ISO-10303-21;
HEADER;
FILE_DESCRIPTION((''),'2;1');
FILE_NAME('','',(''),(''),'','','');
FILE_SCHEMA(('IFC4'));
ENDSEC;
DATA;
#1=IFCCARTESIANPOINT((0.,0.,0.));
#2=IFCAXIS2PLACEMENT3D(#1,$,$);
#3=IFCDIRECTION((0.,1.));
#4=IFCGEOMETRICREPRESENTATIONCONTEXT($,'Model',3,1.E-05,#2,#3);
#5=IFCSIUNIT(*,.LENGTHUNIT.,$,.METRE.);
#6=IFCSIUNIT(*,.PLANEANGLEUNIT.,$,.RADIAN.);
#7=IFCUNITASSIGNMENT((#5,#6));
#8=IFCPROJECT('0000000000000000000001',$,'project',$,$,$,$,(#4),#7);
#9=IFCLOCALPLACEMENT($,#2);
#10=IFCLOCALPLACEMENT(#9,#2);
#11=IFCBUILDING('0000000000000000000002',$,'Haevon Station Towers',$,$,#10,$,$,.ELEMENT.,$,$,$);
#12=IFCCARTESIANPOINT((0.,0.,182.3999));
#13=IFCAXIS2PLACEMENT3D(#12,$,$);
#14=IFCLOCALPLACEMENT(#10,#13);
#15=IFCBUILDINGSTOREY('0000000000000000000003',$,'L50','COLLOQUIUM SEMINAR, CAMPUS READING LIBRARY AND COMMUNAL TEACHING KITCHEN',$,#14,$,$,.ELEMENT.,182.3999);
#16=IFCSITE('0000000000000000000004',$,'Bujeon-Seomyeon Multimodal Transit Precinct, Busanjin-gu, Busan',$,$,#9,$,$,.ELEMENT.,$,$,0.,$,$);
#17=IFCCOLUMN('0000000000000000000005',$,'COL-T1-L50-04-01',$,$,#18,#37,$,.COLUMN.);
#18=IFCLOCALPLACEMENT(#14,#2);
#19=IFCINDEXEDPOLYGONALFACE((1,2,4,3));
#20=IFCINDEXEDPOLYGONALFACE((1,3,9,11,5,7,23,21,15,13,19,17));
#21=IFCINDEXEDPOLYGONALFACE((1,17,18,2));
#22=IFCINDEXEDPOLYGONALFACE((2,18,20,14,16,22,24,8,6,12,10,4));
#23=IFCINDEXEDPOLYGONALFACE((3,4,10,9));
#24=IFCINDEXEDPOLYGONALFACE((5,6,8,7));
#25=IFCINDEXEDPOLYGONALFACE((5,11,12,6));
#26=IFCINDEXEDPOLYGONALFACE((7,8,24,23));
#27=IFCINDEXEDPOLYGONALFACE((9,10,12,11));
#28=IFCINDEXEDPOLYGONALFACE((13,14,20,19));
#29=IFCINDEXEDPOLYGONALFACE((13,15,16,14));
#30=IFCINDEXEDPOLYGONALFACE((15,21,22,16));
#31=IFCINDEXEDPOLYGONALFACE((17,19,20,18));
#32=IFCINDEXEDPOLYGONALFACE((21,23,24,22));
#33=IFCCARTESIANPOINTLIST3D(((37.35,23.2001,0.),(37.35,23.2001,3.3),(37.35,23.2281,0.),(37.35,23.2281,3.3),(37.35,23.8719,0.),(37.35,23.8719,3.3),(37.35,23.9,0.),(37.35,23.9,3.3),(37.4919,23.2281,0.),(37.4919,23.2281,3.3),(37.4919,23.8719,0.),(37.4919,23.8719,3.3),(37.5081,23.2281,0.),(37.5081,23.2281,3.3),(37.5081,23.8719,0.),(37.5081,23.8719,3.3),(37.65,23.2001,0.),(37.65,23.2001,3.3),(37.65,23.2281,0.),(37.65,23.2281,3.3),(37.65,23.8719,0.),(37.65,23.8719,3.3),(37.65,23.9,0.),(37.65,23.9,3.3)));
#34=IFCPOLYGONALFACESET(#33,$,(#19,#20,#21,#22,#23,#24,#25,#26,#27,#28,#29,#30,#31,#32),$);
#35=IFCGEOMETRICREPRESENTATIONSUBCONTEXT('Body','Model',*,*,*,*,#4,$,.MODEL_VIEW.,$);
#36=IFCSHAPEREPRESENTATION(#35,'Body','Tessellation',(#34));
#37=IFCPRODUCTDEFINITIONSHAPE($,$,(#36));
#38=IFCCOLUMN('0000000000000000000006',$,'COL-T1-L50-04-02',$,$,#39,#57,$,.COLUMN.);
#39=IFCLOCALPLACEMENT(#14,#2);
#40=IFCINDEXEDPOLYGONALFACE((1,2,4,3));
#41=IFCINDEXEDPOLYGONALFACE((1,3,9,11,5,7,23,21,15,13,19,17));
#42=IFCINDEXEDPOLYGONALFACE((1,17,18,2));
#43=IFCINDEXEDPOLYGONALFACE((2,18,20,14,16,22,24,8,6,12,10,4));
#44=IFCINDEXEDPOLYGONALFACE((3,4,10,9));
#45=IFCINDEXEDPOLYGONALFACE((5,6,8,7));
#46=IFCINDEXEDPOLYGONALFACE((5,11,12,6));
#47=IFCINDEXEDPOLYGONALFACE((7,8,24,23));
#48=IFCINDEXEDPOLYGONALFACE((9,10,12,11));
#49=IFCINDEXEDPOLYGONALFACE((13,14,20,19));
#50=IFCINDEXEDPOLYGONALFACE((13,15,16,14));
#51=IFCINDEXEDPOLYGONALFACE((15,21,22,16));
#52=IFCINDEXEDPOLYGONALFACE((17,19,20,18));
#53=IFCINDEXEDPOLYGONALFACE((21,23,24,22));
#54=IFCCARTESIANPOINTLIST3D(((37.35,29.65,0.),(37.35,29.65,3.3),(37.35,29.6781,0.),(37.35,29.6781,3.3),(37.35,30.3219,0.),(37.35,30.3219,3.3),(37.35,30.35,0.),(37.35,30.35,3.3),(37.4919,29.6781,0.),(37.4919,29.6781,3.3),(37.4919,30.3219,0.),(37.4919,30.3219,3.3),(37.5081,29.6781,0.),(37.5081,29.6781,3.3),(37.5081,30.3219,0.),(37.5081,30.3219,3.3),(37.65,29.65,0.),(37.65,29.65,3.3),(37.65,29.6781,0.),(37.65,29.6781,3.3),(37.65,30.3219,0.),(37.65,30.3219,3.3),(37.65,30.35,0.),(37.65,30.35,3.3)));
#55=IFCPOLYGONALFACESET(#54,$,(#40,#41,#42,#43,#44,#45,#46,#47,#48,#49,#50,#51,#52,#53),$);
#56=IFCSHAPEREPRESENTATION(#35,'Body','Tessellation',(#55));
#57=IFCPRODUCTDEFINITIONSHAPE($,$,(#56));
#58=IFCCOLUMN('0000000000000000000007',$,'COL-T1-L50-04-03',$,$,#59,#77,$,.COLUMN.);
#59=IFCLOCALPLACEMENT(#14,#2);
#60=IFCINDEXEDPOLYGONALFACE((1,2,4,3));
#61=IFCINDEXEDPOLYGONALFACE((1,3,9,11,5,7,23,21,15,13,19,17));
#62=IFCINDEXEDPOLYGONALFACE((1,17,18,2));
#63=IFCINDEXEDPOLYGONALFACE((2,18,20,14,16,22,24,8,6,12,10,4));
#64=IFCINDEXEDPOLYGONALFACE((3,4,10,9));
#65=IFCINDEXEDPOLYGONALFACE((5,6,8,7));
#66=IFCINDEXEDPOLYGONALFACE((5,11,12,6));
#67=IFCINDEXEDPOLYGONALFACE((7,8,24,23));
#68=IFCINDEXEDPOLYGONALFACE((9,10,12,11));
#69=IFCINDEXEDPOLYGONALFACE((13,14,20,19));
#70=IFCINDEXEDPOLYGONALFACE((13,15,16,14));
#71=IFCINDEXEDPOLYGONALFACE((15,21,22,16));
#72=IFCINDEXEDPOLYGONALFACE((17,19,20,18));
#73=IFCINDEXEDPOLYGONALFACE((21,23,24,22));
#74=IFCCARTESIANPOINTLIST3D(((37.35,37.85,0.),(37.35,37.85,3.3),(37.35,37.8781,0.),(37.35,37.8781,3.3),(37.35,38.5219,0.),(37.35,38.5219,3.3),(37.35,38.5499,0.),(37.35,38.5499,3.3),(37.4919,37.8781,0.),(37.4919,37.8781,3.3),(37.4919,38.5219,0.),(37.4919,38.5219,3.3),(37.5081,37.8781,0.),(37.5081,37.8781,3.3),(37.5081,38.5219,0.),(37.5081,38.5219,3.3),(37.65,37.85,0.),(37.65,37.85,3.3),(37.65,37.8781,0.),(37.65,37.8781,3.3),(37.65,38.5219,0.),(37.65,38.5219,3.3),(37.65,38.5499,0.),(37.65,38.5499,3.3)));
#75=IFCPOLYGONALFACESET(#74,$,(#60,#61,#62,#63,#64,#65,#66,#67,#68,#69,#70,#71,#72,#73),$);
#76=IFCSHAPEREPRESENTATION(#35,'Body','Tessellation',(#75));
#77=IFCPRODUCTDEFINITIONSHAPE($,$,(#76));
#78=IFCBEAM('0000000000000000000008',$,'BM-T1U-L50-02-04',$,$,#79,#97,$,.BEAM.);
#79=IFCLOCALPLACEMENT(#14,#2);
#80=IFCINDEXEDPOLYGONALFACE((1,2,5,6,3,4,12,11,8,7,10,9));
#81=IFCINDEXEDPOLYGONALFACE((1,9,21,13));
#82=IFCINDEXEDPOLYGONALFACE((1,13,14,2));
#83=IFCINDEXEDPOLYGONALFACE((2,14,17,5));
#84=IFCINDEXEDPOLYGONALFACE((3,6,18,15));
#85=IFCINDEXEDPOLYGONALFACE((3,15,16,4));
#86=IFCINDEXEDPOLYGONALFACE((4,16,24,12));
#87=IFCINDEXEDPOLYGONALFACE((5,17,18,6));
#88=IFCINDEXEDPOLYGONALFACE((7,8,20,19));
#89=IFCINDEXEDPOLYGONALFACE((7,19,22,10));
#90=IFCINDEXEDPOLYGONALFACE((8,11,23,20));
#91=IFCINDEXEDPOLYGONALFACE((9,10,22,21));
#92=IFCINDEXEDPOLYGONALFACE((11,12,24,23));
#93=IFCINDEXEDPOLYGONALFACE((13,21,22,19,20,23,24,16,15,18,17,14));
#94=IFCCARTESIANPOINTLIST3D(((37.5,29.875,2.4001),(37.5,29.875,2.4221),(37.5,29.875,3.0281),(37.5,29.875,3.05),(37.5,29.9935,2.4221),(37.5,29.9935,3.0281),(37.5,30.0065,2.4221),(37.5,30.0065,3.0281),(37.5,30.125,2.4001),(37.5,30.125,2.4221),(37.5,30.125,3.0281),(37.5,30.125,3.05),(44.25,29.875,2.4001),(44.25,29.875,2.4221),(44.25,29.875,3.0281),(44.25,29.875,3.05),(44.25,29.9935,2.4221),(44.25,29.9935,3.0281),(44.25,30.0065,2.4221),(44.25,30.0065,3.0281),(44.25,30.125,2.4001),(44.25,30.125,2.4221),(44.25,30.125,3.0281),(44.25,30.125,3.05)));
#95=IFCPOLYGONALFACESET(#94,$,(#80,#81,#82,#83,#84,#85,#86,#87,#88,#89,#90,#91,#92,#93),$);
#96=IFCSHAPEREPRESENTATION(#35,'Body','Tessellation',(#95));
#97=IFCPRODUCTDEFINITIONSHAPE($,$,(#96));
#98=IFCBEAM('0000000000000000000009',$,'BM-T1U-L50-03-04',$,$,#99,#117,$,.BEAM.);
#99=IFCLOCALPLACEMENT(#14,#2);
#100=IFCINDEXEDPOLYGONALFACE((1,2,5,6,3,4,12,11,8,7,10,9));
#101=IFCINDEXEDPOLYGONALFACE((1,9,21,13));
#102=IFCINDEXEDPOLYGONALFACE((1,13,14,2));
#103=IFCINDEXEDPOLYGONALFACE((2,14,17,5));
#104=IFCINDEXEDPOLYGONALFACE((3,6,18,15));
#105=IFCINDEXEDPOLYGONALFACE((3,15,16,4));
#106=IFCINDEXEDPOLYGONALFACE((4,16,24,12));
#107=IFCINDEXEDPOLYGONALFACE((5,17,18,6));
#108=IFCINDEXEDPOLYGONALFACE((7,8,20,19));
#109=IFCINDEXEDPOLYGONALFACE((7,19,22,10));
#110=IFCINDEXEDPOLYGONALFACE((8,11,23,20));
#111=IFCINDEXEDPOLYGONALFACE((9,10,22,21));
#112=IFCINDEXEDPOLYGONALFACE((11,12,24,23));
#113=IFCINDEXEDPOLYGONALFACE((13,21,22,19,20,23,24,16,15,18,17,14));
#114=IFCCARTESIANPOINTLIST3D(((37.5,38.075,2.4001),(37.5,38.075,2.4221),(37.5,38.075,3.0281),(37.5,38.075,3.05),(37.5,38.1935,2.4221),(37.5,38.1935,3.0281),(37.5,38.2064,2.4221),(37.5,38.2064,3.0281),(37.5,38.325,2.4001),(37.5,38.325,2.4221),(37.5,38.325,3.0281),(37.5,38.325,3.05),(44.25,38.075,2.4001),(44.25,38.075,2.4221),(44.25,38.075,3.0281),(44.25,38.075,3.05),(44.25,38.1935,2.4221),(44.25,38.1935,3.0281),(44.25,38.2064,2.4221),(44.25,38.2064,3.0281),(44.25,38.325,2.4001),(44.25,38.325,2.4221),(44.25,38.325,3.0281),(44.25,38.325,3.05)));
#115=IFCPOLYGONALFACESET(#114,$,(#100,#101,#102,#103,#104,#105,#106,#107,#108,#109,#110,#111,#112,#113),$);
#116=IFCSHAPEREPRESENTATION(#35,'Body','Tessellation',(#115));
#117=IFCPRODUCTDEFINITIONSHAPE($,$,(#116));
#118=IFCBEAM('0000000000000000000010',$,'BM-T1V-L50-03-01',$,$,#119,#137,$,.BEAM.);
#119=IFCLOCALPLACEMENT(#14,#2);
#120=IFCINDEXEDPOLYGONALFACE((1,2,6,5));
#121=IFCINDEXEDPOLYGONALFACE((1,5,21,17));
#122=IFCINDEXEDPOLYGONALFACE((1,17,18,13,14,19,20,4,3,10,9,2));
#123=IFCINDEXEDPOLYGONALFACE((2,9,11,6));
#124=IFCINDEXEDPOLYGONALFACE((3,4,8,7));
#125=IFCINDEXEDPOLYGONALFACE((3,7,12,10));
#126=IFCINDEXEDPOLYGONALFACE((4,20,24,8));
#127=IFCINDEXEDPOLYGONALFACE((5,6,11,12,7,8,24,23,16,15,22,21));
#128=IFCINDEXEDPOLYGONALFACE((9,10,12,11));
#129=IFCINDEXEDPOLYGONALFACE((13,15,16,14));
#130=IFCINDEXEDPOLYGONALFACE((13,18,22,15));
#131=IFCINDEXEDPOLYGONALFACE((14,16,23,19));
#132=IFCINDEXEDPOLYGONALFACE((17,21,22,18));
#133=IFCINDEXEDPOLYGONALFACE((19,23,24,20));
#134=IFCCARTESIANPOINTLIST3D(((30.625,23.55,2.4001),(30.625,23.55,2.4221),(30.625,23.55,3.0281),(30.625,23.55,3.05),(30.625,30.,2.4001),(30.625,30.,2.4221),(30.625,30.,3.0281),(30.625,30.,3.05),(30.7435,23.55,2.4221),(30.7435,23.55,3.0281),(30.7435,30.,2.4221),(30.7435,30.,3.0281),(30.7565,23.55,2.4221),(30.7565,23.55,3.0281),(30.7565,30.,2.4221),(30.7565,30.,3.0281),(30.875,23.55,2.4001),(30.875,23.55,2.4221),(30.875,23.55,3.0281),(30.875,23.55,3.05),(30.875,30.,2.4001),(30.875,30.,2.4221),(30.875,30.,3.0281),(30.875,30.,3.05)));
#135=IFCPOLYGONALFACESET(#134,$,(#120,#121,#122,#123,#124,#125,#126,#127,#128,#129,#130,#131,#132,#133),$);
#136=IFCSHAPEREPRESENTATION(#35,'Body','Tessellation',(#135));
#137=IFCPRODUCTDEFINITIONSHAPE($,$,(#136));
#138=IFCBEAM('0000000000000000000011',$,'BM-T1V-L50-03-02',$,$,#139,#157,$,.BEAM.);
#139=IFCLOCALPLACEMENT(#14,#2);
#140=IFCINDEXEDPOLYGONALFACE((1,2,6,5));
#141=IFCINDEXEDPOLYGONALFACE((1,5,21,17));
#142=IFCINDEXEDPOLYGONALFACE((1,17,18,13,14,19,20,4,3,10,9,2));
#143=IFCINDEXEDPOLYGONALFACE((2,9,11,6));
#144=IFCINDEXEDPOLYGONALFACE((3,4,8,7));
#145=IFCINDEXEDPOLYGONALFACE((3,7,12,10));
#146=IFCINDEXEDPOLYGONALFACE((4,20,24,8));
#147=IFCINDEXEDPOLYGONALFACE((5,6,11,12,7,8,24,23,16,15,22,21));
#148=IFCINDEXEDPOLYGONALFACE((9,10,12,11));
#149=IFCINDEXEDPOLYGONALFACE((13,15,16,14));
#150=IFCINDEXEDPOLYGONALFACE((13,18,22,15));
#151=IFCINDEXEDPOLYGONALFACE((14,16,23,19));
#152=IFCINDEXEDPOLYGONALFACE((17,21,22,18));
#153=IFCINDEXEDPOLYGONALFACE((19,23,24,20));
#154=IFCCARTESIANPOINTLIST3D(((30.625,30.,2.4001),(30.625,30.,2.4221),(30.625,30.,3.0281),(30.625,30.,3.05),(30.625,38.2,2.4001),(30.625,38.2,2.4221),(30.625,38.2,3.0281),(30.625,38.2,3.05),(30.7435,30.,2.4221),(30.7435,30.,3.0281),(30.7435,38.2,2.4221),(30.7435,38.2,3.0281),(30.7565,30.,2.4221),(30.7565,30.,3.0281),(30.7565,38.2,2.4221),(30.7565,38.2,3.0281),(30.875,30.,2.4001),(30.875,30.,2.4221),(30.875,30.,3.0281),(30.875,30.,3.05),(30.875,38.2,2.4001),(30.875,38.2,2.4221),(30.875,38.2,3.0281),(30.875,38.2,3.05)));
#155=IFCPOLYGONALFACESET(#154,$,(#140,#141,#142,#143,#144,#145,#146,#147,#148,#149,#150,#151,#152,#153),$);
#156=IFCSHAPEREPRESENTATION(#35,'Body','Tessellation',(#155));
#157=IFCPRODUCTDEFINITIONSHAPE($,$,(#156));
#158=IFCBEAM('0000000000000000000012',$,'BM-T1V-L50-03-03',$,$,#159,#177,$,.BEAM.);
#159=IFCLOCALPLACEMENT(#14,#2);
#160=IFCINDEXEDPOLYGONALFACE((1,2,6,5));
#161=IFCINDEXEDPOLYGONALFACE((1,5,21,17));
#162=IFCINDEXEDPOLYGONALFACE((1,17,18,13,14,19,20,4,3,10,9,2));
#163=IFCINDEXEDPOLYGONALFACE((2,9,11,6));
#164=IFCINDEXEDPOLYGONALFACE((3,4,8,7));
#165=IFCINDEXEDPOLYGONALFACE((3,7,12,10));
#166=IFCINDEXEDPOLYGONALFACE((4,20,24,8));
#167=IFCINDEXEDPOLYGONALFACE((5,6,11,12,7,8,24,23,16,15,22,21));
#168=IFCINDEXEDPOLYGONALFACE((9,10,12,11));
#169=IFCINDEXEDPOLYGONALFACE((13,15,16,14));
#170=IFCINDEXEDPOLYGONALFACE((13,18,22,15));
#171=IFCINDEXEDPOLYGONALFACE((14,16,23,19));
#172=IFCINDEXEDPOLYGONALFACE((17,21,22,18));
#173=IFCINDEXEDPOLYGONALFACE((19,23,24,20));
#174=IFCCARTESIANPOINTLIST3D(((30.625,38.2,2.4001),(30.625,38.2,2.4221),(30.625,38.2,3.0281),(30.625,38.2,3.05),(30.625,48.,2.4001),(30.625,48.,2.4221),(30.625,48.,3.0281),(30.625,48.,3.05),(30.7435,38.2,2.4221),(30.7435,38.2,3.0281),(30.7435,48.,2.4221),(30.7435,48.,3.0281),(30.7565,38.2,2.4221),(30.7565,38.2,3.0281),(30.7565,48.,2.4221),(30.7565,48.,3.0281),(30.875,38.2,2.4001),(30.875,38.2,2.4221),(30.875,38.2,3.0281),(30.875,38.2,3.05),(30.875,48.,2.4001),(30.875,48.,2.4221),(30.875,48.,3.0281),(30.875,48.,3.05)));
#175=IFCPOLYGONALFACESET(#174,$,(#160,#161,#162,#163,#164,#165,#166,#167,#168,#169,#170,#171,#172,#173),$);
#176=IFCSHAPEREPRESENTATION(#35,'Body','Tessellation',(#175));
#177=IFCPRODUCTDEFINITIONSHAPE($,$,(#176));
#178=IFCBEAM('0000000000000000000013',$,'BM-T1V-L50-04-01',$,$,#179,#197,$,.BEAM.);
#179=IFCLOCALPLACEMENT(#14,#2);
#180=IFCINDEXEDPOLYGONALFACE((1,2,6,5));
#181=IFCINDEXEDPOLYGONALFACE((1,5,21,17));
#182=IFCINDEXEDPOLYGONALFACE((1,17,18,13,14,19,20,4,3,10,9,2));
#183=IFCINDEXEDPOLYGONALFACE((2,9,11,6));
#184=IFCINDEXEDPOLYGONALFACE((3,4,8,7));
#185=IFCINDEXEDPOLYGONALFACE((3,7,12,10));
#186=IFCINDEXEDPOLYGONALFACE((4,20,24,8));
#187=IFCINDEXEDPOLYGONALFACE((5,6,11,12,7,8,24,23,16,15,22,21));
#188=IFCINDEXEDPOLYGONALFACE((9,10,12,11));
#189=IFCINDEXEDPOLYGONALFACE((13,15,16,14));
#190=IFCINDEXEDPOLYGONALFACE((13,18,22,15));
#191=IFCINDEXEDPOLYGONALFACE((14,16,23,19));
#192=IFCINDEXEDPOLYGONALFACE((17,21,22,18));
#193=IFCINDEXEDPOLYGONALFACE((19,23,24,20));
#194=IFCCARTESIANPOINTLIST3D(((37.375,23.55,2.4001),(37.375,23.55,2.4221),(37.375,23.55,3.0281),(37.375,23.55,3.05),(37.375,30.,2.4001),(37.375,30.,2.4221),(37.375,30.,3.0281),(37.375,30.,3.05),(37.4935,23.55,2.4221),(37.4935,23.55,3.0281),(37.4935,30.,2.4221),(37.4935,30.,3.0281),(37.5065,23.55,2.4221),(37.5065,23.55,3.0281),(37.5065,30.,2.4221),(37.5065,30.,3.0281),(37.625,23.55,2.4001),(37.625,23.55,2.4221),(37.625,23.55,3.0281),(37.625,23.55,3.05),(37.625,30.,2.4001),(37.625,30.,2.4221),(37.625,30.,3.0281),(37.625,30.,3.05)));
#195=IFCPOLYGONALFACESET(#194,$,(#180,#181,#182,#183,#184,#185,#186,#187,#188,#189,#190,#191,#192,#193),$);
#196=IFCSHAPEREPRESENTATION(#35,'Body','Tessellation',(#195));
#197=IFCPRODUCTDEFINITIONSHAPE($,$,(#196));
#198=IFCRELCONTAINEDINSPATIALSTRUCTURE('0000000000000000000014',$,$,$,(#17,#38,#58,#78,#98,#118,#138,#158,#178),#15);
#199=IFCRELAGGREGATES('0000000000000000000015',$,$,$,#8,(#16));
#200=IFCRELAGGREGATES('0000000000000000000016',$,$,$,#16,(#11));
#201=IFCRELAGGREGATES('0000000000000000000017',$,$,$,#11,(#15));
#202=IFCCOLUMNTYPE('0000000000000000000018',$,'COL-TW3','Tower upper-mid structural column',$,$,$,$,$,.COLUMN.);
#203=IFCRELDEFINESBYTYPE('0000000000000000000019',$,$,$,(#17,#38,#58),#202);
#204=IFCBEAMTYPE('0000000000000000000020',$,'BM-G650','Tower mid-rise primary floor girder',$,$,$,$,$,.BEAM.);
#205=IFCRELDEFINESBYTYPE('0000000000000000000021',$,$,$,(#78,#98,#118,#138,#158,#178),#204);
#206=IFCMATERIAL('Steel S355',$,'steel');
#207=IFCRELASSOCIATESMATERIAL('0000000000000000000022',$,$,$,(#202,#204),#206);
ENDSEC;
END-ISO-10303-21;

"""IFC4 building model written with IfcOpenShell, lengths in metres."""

from ifc_helpers import new_model, si_unit, direction, frame, origin, origin_2d, place, context, subcontext, project, spatial, i_section, extrude, material, material_profile, profile_set, type_object, element, save


model = new_model("IFC4")

# Units and contexts
model_context = context("Model", 3, precision=1e-05, world=origin(), true_north=direction((0.0, 1.0)))
body_context = subcontext(model_context, "Body", "Model", "MODEL_VIEW")
ifc_project = project(units=[si_unit("LENGTHUNIT", "METRE"), si_unit("PLANEANGLEUNIT", "RADIAN")], contexts=[model_context])

# Site, building, storey
site_placement = place(None, origin())
site = spatial("IfcSite", under=ifc_project, at=site_placement, Name="Bujeon-Seomyeon Multimodal Transit Precinct, Busanjin-gu, Busan", CompositionType="ELEMENT", RefElevation=0.0)
building_placement = place(site_placement, origin())
building = spatial("IfcBuilding", under=site, at=building_placement, Name="Haevon Station Towers", CompositionType="ELEMENT")
storey_placement = place(building_placement, frame((0.0, 0.0, 182.3999)))
storey = spatial("IfcBuildingStorey", under=building, at=storey_placement, Name="L50", Description="COLLOQUIUM SEMINAR, CAMPUS READING LIBRARY AND COMMUNAL TEACHING KITCHEN", CompositionType="ELEMENT", Elevation=182.3999)

# Columns
ifc_material_1 = material(Name="Steel S355", Category="steel")
ifc_material_profile_1 = material_profile(ifc_material_1, i_section(OverallWidth=0.3, OverallDepth=0.7, WebThickness=0.0161, FlangeThickness=0.0281, at=origin_2d()), Name="H-700x300x16x28")
ifc_profile_set_1 = profile_set([ifc_material_profile_1], Name="Steel S355")
column_type = type_object("IfcColumnType", Name="COL-TW3", Description="Tower upper-mid structural column", PredefinedType="COLUMN", material=ifc_profile_set_1)
for number, where, z_axis, x_axis, name in (
    (1, (37.5, 23.55, 0.0), (0.0, 0.0, 1.0), (1.0, 0.0, 0.0), "COL-T1-L50-04-01"),
    (2, (37.5, 30.0, 0.0), (0.0, 0.0, 1.0), (1.0, 0.0, 0.0), "COL-T1-L50-04-02"),
    (3, (37.5, 38.2, 0.0), (0.0, 0.0, 1.0), (1.0, 0.0, 0.0), "COL-T1-L50-04-03"),
):
    element("IfcColumn", number, at=place(storey_placement, frame(where, z_axis=z_axis, x_axis=x_axis)), inside=storey, type_object=column_type, Name=name, PredefinedType="COLUMN", context=body_context, shape_type="SweptSolid", body=[
        extrude(i_section(OverallWidth=0.3, OverallDepth=0.7, WebThickness=0.0161, FlangeThickness=0.0281, at=origin_2d()), origin(), (0.0, 0.0, 1.0), 3.3),
    ])

# Beams
ifc_material_profile_2 = material_profile(ifc_material_1, i_section(OverallWidth=0.25, OverallDepth=0.6499, WebThickness=0.0129, FlangeThickness=0.022, at=origin_2d()), Name="H-650x250x13x22")
ifc_profile_set_2 = profile_set([ifc_material_profile_2], Name="Steel S355")
beam_type_1 = type_object("IfcBeamType", Name="BM-G650", Description="Tower mid-rise primary floor girder", PredefinedType="BEAM", material=ifc_profile_set_2)
for number, where, z_axis, x_axis, name in (
    (4, (37.5, 30.0, 2.7251), (1.0, 0.0, 0.0), (0.0, 1.0, 0.0), "BM-T1U-L50-02-04"),
    (5, (37.5, 38.2, 2.7251), (1.0, 0.0, 0.0), (0.0, 1.0, 0.0), "BM-T1U-L50-03-04"),
):
    element("IfcBeam", number, at=place(storey_placement, frame(where, z_axis=z_axis, x_axis=x_axis)), inside=storey, type_object=beam_type_1, Name=name, PredefinedType="BEAM", context=body_context, shape_type="SweptSolid", body=[
        extrude(i_section(OverallWidth=0.25, OverallDepth=0.6499, WebThickness=0.0129, FlangeThickness=0.022, at=origin_2d()), origin(), (0.0, 0.0, 1.0), 6.75),
    ])
beam_1_placement = place(storey_placement, frame((30.75, 23.55, 2.7251), z_axis=(0.0, 1.0, 0.0), x_axis=(-1.0, 0.0, 0.0)))
element("IfcBeam", 6, at=beam_1_placement, inside=storey, type_object=beam_type_1, Name="BM-T1V-L50-03-01", PredefinedType="BEAM", context=body_context, shape_type="SweptSolid", body=[
    extrude(i_section(OverallWidth=0.25, OverallDepth=0.6499, WebThickness=0.0129, FlangeThickness=0.022, at=origin_2d()), origin(), (0.0, 0.0, 1.0), 6.45),
])
beam_2_placement = place(storey_placement, frame((30.75, 30.0, 2.7251), z_axis=(0.0, 1.0, 0.0), x_axis=(-1.0, 0.0, 0.0)))
element("IfcBeam", 7, at=beam_2_placement, inside=storey, type_object=beam_type_1, Name="BM-T1V-L50-03-02", PredefinedType="BEAM", context=body_context, shape_type="SweptSolid", body=[
    extrude(i_section(OverallWidth=0.25, OverallDepth=0.6499, WebThickness=0.0129, FlangeThickness=0.022, at=origin_2d()), origin(), (0.0, 0.0, 1.0), 8.2),
])
beam_3_placement = place(storey_placement, frame((30.75, 38.2, 2.7251), z_axis=(0.0, 1.0, 0.0), x_axis=(-1.0, 0.0, 0.0)))
element("IfcBeam", 8, at=beam_3_placement, inside=storey, type_object=beam_type_1, Name="BM-T1V-L50-03-03", PredefinedType="BEAM", context=body_context, shape_type="SweptSolid", body=[
    extrude(i_section(OverallWidth=0.25, OverallDepth=0.6499, WebThickness=0.0129, FlangeThickness=0.022, at=origin_2d()), origin(), (0.0, 0.0, 1.0), 9.8),
])
beam_4_placement = place(storey_placement, frame((37.5, 23.55, 2.7251), z_axis=(0.0, 1.0, 0.0), x_axis=(-1.0, 0.0, 0.0)))
element("IfcBeam", 9, at=beam_4_placement, inside=storey, type_object=beam_type_1, Name="BM-T1V-L50-04-01", PredefinedType="BEAM", context=body_context, shape_type="SweptSolid", body=[
    extrude(i_section(OverallWidth=0.25, OverallDepth=0.6499, WebThickness=0.0129, FlangeThickness=0.022, at=origin_2d()), origin(), (0.0, 0.0, 1.0), 6.45),
])

save(model, "model.ifc")
